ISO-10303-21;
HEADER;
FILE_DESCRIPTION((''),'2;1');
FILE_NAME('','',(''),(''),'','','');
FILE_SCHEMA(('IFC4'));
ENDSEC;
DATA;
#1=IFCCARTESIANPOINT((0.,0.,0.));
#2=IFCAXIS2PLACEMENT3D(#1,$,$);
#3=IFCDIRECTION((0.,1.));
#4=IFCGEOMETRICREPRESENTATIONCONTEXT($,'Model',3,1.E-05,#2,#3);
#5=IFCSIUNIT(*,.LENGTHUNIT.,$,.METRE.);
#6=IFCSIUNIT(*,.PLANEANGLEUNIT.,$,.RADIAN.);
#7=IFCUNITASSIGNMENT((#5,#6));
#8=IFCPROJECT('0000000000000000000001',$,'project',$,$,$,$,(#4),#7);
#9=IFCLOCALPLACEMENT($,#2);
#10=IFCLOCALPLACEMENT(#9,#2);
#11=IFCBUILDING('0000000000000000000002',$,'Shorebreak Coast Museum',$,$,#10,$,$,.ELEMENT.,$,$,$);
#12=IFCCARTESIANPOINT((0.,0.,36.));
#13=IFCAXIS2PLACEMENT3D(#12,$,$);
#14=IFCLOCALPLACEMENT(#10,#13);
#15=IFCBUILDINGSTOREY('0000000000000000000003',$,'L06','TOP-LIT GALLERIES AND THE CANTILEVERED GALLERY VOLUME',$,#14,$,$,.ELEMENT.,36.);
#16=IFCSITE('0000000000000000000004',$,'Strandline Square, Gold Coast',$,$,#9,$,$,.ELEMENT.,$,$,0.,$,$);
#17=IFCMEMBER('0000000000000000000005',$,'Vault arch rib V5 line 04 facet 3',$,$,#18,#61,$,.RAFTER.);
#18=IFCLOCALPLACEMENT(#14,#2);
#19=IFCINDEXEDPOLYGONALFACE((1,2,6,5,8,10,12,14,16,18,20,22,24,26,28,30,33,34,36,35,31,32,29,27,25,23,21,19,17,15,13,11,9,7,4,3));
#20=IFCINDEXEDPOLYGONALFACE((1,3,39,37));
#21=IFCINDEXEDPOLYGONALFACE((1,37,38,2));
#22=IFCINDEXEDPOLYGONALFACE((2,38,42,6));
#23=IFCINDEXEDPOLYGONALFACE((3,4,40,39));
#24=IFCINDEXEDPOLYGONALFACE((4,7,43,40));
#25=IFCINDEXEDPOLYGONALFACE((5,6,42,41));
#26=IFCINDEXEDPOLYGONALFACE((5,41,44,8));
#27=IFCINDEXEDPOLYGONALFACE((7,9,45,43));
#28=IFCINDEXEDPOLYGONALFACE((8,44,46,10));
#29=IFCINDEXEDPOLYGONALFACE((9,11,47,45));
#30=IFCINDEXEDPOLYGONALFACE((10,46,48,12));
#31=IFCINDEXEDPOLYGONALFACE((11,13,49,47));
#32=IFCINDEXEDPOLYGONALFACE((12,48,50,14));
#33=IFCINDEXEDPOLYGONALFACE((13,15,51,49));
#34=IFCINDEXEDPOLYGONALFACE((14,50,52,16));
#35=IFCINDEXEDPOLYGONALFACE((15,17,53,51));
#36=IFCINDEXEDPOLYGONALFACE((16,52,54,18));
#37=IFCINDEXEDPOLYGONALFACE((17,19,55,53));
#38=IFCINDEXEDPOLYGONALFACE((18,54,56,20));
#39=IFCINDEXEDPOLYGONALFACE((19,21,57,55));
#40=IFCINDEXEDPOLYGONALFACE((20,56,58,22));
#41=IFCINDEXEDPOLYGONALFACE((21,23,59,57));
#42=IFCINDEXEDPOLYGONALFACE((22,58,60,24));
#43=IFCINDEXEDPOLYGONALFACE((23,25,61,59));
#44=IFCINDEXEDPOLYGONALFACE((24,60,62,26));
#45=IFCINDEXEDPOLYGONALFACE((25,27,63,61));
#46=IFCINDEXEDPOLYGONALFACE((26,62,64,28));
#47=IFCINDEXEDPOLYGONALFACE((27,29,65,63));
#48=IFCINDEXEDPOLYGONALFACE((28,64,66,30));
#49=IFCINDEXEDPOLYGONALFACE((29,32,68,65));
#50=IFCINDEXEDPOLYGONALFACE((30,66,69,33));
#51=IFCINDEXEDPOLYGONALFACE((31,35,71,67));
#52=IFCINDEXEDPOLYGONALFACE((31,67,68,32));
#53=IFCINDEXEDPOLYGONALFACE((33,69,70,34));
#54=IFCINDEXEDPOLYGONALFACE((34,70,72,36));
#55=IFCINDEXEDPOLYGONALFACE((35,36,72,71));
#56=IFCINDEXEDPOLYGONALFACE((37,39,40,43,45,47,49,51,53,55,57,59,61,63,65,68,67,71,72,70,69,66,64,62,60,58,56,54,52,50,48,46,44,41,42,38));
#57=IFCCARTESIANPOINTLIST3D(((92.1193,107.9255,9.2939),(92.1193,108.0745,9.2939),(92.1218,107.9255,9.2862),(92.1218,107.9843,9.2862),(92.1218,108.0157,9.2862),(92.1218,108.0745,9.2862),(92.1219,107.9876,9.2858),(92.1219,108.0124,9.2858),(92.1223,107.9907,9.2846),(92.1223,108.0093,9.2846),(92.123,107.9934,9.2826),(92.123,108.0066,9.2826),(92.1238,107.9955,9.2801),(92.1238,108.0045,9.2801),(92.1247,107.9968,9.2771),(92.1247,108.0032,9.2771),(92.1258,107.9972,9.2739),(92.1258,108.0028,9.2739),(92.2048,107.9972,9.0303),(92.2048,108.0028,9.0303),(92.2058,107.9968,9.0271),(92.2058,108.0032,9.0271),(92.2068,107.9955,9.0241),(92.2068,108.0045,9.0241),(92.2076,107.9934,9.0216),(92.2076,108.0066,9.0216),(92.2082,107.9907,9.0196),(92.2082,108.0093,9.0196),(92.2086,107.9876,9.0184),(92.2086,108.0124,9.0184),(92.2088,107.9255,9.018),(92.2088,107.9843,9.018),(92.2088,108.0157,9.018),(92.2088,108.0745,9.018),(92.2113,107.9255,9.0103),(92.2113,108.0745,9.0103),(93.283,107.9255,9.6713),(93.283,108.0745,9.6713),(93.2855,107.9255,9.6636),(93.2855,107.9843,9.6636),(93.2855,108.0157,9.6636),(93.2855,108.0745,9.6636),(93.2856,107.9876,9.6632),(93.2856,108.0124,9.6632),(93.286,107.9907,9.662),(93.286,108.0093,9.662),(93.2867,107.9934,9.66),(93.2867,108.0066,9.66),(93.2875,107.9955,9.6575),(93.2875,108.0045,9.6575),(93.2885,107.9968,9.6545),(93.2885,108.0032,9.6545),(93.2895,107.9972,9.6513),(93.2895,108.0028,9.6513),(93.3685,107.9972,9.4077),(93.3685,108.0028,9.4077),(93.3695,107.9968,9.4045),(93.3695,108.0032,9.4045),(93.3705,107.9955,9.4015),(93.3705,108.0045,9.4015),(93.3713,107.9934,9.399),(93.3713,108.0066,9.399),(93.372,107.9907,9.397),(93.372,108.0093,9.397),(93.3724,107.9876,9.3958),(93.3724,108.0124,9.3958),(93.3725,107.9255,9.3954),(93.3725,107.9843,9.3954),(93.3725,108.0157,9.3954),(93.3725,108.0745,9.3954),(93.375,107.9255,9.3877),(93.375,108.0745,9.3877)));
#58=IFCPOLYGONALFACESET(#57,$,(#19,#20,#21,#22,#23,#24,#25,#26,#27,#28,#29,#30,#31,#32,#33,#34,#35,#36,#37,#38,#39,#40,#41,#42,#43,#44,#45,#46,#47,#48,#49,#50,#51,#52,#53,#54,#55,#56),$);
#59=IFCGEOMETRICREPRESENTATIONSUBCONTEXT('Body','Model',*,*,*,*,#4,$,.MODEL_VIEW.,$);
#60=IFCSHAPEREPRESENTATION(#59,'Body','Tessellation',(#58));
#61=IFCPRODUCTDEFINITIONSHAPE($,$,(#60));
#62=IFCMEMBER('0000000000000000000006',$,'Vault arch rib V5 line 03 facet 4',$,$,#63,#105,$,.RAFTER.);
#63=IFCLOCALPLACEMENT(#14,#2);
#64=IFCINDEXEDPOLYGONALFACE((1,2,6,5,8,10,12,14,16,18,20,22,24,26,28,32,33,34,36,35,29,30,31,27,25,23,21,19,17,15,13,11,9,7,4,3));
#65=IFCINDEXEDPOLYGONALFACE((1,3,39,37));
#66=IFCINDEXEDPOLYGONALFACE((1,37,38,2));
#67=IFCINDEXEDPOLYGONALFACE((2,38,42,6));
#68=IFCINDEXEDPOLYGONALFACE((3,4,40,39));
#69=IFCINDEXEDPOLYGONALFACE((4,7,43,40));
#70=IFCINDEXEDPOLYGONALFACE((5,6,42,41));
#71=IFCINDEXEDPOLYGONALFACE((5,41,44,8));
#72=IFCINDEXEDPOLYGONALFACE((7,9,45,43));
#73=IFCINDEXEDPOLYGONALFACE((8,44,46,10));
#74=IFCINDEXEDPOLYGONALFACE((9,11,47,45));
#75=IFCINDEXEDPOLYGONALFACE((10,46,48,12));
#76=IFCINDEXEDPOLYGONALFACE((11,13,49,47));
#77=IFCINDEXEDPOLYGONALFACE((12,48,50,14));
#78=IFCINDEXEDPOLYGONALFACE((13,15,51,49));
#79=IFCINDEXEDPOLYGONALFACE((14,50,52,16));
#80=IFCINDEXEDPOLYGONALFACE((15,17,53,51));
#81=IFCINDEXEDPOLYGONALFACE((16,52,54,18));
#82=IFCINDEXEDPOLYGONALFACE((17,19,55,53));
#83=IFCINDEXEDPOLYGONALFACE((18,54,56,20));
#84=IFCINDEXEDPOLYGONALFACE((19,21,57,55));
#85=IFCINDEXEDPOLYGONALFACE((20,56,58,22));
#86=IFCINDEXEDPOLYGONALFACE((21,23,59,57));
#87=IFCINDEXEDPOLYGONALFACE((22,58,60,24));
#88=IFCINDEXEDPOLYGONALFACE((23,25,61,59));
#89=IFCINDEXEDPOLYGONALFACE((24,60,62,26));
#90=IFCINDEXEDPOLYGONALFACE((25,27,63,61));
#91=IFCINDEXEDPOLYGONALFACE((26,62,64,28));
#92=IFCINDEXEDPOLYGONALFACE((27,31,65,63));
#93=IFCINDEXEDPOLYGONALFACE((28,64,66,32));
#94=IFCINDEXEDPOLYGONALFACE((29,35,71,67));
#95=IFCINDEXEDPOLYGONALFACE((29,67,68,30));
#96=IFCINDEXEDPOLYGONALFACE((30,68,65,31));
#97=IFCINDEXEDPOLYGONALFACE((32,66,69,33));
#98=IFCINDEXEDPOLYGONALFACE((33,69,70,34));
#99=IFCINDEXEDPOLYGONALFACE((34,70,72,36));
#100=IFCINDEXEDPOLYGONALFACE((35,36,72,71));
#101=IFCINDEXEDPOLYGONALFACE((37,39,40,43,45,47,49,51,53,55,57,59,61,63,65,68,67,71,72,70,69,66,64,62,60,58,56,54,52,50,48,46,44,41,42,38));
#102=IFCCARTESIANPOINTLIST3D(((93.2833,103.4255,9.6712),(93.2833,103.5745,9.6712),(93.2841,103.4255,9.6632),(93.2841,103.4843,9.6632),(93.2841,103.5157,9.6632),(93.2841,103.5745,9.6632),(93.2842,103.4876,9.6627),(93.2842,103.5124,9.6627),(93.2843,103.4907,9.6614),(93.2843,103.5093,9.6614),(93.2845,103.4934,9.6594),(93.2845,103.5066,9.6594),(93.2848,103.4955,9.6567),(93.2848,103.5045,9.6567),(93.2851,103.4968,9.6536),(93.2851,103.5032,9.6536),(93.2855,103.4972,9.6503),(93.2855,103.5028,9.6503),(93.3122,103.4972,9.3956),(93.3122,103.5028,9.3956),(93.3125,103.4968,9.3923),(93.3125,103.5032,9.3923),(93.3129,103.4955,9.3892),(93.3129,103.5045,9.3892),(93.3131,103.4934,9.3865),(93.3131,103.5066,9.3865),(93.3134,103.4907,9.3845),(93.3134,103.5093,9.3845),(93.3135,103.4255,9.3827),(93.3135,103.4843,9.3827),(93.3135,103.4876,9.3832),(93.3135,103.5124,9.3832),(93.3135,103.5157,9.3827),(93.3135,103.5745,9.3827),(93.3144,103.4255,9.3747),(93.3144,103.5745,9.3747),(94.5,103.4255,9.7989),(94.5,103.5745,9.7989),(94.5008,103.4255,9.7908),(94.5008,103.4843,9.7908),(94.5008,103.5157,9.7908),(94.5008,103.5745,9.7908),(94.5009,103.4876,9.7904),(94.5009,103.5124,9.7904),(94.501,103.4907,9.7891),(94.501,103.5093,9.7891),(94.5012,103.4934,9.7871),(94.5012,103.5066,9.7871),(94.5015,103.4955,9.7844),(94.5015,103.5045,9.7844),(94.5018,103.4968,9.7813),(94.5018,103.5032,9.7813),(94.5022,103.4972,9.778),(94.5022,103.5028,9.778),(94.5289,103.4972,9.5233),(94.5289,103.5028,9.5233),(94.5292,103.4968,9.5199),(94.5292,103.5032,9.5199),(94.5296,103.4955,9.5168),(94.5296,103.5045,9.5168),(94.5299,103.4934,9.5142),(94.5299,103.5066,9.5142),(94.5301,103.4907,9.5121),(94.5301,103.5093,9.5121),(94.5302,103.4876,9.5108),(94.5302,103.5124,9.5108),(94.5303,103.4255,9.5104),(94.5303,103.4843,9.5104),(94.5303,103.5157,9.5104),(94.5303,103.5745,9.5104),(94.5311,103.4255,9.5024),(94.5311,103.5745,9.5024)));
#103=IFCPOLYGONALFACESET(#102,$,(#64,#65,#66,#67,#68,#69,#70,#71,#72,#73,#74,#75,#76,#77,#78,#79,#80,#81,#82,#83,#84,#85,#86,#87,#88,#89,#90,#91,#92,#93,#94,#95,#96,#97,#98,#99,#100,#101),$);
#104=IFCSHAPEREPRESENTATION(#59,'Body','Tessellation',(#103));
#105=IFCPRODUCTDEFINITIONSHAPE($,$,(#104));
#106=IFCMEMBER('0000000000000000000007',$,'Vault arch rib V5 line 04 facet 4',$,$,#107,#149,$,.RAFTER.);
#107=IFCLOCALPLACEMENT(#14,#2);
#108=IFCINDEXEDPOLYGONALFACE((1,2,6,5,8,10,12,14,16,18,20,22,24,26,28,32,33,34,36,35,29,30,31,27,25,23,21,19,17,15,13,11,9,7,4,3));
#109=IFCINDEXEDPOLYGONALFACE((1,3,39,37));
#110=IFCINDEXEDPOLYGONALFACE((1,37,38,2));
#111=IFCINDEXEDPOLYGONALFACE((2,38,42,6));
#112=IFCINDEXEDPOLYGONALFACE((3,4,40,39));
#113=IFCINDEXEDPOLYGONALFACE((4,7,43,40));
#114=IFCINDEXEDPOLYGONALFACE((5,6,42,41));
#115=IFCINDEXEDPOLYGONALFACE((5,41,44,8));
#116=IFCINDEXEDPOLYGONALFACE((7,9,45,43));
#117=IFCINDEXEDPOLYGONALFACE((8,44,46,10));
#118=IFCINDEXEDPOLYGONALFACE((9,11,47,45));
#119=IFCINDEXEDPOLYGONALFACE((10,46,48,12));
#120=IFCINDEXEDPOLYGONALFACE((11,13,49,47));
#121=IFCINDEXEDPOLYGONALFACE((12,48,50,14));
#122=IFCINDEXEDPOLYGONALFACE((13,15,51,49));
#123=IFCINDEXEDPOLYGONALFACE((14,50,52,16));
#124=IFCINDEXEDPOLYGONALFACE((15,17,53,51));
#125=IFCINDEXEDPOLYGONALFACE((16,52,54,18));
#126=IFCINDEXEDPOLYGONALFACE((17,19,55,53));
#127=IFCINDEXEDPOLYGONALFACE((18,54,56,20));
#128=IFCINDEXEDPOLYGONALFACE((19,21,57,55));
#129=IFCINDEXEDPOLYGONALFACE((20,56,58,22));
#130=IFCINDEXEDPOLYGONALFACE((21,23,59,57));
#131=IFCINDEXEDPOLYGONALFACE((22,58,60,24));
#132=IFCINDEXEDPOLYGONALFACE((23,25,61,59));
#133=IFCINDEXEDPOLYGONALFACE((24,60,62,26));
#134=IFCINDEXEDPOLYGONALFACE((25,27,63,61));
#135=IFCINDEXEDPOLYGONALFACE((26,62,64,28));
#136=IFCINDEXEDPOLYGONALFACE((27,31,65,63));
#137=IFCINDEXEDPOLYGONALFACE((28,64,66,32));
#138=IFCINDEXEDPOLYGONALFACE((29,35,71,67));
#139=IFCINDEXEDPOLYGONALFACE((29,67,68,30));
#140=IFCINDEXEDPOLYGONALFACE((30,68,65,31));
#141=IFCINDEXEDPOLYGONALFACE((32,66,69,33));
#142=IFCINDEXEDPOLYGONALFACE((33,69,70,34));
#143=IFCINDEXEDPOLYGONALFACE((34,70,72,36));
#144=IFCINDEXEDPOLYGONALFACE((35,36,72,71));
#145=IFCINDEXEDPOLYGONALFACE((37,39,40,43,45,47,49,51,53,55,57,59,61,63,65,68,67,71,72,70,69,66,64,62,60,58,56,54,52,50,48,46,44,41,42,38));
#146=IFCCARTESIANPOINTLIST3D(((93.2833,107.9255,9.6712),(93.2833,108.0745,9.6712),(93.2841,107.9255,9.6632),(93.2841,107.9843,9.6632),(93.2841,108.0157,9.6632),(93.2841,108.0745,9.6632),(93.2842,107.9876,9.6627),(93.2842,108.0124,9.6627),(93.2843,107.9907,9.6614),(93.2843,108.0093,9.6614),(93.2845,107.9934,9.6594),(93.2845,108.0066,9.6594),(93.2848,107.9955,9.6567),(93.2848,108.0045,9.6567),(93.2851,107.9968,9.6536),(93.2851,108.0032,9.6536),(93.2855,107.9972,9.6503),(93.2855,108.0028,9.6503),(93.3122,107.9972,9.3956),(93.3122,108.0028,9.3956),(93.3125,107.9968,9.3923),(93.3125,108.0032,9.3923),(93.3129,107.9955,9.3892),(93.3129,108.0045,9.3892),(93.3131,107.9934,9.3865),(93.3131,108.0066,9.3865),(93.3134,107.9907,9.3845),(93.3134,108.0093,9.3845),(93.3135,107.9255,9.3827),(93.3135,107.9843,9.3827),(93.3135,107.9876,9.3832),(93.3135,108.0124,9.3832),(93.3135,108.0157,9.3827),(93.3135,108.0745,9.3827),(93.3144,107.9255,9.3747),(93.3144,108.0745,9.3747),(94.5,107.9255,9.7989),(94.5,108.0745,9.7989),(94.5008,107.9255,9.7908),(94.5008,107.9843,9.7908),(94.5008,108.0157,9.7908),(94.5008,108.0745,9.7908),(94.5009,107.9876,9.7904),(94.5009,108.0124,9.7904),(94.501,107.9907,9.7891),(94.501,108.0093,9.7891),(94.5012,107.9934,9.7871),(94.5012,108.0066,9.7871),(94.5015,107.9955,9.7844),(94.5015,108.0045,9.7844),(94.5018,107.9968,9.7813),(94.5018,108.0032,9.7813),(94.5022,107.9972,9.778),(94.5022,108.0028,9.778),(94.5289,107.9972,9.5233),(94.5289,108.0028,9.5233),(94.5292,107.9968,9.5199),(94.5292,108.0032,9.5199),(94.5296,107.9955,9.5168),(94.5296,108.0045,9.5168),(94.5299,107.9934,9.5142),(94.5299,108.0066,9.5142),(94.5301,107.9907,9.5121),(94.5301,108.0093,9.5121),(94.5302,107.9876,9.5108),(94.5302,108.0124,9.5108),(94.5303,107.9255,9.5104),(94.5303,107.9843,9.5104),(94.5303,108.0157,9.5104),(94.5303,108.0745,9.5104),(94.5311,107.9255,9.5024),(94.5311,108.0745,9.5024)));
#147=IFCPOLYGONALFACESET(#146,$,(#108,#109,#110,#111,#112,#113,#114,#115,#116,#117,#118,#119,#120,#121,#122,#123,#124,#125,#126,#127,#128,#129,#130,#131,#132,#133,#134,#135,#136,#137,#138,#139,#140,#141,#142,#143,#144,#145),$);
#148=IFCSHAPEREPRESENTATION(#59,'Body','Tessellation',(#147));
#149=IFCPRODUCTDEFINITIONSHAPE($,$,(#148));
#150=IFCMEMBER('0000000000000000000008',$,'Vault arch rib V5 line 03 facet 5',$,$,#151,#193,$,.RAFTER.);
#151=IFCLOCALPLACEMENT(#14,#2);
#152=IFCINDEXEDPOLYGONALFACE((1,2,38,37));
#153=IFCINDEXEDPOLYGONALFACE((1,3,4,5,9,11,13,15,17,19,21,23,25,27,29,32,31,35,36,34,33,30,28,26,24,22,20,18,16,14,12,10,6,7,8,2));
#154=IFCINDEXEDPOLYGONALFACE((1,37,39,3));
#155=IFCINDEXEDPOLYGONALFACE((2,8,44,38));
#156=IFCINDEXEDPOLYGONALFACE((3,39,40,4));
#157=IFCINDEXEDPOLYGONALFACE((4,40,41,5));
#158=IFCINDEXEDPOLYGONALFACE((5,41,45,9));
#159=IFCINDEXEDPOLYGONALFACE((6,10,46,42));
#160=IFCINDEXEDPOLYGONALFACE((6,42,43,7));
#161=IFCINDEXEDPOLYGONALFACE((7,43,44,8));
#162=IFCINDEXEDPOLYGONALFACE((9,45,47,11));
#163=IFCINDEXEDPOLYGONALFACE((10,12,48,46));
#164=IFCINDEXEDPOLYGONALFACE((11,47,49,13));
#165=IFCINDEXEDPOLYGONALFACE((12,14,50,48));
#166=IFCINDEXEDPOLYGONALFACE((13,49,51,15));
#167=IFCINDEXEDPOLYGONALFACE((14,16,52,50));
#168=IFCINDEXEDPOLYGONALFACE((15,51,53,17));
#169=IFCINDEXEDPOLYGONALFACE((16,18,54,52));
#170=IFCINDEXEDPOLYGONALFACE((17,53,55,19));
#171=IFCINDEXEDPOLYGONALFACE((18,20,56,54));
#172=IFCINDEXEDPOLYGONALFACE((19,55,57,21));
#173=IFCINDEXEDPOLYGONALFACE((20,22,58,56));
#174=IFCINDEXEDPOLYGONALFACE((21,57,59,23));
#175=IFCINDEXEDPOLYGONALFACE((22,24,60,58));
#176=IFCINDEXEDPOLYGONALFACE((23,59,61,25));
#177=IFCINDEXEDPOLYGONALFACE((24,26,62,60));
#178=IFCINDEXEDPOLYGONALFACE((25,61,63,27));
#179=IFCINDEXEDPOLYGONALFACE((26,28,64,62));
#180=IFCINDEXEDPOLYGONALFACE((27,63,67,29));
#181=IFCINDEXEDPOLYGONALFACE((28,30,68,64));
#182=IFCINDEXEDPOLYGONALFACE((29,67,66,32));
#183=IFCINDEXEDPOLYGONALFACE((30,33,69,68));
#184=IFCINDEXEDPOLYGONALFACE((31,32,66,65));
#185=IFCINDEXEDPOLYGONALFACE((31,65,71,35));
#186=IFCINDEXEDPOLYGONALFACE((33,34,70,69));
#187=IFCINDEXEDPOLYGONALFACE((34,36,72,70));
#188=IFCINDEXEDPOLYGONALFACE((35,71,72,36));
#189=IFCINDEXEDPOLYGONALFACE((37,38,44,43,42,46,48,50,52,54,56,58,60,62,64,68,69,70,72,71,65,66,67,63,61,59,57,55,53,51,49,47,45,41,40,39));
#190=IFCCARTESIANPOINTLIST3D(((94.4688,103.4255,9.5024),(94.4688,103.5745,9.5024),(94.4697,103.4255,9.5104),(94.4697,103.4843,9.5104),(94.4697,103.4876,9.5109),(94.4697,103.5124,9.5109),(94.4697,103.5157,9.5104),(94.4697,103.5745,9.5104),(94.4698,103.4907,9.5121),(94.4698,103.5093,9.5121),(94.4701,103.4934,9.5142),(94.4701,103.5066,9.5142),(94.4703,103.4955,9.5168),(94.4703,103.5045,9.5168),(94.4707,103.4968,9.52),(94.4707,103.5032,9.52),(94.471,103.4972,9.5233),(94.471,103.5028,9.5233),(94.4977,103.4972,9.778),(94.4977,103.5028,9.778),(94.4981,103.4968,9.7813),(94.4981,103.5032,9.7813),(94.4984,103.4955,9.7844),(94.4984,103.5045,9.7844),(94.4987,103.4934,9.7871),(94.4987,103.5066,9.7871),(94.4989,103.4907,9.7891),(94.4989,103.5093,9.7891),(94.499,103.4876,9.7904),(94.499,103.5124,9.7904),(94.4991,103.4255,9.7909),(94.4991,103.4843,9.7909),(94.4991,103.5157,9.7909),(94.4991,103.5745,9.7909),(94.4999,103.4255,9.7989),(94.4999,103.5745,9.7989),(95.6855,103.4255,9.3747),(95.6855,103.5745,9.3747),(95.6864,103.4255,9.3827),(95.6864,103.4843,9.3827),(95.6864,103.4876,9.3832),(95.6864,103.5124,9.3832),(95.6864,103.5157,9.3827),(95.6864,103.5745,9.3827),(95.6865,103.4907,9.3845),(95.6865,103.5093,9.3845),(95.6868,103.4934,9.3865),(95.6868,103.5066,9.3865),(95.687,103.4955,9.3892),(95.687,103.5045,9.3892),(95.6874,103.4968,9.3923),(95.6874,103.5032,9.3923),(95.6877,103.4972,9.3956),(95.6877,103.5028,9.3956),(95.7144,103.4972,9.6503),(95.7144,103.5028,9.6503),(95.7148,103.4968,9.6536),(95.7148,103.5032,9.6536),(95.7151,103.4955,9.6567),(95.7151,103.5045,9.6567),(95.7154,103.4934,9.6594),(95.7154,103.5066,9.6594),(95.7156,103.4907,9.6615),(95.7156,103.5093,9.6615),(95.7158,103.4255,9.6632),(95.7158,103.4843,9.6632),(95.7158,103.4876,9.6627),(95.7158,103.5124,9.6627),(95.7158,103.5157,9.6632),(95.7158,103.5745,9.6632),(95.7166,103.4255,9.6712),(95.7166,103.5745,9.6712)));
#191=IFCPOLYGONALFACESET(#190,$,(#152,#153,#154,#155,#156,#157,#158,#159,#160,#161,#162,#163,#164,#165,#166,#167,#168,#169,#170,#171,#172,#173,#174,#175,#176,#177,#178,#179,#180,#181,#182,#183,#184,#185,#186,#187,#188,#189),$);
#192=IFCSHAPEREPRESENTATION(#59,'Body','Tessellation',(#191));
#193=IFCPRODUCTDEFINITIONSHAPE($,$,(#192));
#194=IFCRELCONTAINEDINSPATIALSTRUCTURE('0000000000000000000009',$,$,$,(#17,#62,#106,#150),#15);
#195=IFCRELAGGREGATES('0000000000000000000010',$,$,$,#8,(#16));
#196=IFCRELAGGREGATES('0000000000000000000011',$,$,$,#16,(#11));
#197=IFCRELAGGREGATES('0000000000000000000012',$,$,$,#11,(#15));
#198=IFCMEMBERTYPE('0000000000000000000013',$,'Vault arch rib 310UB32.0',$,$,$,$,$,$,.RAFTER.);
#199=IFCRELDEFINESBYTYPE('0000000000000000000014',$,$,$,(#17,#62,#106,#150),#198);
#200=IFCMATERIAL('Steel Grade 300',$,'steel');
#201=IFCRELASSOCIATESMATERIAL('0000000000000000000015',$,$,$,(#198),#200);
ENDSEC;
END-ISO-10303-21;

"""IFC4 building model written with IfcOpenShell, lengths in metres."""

from ifc_helpers import new_model, si_unit, direction, frame, origin, origin_2d, place, context, subcontext, project, spatial, i_section, extrude, material, material_profile, profile_set, type_object, element, save


model = new_model("IFC4")

# Units and contexts
model_context = context("Model", 3, precision=1e-05, world=origin(), true_north=direction((0.0, 1.0)))
body_context = subcontext(model_context, "Body", "Model", "MODEL_VIEW")
ifc_project = project(units=[si_unit("LENGTHUNIT", "METRE"), si_unit("PLANEANGLEUNIT", "RADIAN")], contexts=[model_context])

# Site, building, storey
site_placement = place(None, origin())
site = spatial("IfcSite", under=ifc_project, at=site_placement, Name="Strandline Square, Gold Coast", CompositionType="ELEMENT", RefElevation=0.0)
building_placement = place(site_placement, origin())
building = spatial("IfcBuilding", under=site, at=building_placement, Name="Shorebreak Coast Museum", CompositionType="ELEMENT")
storey_placement = place(building_placement, frame((0.0, 0.0, 36.0)))
storey = spatial("IfcBuildingStorey", under=building, at=storey_placement, Name="L06", Description="TOP-LIT GALLERIES AND THE CANTILEVERED GALLERY VOLUME", CompositionType="ELEMENT", Elevation=36.0)

# Members
ifc_material_1 = material(Name="Steel Grade 300", Category="steel")
ifc_material_profile_1 = material_profile(ifc_material_1, i_section(OverallWidth=0.1489, OverallDepth=0.2981, WebThickness=0.0056, FlangeThickness=0.0081, FilletRadius=0.0129, at=origin_2d()), Name="310UB32.0")
ifc_profile_set_1 = profile_set([ifc_material_profile_1], Name="Steel Grade 300")
member_type_1 = type_object("IfcMemberType", Name="Vault arch rib 310UB32.0", PredefinedType="RAFTER", material=ifc_profile_set_1)
for number, where, z_axis, x_axis, name in (
    (1, (92.1653, 108.0, 9.1521), (0.951226, 0.0, 0.308495), (0.0, 1.0, 0.0), "Vault arch rib V5 line 04 facet 3"),
    (2, (93.2988, 103.5, 9.5229), (0.994539, 0.0, 0.104363), (0.0, 1.0, 0.0), "Vault arch rib V5 line 03 facet 4"),
    (3, (93.2988, 108.0, 9.5229), (0.994539, 0.0, 0.104363), (0.0, 1.0, 0.0), "Vault arch rib V5 line 04 facet 4"),
    (4, (94.4844, 103.5, 9.6506), (0.994539, 0.0, -0.104363), (0.0, 1.0, 0.0), "Vault arch rib V5 line 03 facet 5"),
):
    element("IfcMember", number, at=place(storey_placement, frame(where, z_axis=z_axis, x_axis=x_axis)), inside=storey, type_object=member_type_1, Name=name, PredefinedType="RAFTER", context=body_context, shape_type="SweptSolid", body=[
        extrude(i_section(OverallWidth=0.1489, OverallDepth=0.2981, WebThickness=0.0056, FlangeThickness=0.0081, FilletRadius=0.0129, at=origin_2d()), origin(), (0.0, 0.0, 1.0), 1.2234),
    ])

save(model, "model.ifc")
